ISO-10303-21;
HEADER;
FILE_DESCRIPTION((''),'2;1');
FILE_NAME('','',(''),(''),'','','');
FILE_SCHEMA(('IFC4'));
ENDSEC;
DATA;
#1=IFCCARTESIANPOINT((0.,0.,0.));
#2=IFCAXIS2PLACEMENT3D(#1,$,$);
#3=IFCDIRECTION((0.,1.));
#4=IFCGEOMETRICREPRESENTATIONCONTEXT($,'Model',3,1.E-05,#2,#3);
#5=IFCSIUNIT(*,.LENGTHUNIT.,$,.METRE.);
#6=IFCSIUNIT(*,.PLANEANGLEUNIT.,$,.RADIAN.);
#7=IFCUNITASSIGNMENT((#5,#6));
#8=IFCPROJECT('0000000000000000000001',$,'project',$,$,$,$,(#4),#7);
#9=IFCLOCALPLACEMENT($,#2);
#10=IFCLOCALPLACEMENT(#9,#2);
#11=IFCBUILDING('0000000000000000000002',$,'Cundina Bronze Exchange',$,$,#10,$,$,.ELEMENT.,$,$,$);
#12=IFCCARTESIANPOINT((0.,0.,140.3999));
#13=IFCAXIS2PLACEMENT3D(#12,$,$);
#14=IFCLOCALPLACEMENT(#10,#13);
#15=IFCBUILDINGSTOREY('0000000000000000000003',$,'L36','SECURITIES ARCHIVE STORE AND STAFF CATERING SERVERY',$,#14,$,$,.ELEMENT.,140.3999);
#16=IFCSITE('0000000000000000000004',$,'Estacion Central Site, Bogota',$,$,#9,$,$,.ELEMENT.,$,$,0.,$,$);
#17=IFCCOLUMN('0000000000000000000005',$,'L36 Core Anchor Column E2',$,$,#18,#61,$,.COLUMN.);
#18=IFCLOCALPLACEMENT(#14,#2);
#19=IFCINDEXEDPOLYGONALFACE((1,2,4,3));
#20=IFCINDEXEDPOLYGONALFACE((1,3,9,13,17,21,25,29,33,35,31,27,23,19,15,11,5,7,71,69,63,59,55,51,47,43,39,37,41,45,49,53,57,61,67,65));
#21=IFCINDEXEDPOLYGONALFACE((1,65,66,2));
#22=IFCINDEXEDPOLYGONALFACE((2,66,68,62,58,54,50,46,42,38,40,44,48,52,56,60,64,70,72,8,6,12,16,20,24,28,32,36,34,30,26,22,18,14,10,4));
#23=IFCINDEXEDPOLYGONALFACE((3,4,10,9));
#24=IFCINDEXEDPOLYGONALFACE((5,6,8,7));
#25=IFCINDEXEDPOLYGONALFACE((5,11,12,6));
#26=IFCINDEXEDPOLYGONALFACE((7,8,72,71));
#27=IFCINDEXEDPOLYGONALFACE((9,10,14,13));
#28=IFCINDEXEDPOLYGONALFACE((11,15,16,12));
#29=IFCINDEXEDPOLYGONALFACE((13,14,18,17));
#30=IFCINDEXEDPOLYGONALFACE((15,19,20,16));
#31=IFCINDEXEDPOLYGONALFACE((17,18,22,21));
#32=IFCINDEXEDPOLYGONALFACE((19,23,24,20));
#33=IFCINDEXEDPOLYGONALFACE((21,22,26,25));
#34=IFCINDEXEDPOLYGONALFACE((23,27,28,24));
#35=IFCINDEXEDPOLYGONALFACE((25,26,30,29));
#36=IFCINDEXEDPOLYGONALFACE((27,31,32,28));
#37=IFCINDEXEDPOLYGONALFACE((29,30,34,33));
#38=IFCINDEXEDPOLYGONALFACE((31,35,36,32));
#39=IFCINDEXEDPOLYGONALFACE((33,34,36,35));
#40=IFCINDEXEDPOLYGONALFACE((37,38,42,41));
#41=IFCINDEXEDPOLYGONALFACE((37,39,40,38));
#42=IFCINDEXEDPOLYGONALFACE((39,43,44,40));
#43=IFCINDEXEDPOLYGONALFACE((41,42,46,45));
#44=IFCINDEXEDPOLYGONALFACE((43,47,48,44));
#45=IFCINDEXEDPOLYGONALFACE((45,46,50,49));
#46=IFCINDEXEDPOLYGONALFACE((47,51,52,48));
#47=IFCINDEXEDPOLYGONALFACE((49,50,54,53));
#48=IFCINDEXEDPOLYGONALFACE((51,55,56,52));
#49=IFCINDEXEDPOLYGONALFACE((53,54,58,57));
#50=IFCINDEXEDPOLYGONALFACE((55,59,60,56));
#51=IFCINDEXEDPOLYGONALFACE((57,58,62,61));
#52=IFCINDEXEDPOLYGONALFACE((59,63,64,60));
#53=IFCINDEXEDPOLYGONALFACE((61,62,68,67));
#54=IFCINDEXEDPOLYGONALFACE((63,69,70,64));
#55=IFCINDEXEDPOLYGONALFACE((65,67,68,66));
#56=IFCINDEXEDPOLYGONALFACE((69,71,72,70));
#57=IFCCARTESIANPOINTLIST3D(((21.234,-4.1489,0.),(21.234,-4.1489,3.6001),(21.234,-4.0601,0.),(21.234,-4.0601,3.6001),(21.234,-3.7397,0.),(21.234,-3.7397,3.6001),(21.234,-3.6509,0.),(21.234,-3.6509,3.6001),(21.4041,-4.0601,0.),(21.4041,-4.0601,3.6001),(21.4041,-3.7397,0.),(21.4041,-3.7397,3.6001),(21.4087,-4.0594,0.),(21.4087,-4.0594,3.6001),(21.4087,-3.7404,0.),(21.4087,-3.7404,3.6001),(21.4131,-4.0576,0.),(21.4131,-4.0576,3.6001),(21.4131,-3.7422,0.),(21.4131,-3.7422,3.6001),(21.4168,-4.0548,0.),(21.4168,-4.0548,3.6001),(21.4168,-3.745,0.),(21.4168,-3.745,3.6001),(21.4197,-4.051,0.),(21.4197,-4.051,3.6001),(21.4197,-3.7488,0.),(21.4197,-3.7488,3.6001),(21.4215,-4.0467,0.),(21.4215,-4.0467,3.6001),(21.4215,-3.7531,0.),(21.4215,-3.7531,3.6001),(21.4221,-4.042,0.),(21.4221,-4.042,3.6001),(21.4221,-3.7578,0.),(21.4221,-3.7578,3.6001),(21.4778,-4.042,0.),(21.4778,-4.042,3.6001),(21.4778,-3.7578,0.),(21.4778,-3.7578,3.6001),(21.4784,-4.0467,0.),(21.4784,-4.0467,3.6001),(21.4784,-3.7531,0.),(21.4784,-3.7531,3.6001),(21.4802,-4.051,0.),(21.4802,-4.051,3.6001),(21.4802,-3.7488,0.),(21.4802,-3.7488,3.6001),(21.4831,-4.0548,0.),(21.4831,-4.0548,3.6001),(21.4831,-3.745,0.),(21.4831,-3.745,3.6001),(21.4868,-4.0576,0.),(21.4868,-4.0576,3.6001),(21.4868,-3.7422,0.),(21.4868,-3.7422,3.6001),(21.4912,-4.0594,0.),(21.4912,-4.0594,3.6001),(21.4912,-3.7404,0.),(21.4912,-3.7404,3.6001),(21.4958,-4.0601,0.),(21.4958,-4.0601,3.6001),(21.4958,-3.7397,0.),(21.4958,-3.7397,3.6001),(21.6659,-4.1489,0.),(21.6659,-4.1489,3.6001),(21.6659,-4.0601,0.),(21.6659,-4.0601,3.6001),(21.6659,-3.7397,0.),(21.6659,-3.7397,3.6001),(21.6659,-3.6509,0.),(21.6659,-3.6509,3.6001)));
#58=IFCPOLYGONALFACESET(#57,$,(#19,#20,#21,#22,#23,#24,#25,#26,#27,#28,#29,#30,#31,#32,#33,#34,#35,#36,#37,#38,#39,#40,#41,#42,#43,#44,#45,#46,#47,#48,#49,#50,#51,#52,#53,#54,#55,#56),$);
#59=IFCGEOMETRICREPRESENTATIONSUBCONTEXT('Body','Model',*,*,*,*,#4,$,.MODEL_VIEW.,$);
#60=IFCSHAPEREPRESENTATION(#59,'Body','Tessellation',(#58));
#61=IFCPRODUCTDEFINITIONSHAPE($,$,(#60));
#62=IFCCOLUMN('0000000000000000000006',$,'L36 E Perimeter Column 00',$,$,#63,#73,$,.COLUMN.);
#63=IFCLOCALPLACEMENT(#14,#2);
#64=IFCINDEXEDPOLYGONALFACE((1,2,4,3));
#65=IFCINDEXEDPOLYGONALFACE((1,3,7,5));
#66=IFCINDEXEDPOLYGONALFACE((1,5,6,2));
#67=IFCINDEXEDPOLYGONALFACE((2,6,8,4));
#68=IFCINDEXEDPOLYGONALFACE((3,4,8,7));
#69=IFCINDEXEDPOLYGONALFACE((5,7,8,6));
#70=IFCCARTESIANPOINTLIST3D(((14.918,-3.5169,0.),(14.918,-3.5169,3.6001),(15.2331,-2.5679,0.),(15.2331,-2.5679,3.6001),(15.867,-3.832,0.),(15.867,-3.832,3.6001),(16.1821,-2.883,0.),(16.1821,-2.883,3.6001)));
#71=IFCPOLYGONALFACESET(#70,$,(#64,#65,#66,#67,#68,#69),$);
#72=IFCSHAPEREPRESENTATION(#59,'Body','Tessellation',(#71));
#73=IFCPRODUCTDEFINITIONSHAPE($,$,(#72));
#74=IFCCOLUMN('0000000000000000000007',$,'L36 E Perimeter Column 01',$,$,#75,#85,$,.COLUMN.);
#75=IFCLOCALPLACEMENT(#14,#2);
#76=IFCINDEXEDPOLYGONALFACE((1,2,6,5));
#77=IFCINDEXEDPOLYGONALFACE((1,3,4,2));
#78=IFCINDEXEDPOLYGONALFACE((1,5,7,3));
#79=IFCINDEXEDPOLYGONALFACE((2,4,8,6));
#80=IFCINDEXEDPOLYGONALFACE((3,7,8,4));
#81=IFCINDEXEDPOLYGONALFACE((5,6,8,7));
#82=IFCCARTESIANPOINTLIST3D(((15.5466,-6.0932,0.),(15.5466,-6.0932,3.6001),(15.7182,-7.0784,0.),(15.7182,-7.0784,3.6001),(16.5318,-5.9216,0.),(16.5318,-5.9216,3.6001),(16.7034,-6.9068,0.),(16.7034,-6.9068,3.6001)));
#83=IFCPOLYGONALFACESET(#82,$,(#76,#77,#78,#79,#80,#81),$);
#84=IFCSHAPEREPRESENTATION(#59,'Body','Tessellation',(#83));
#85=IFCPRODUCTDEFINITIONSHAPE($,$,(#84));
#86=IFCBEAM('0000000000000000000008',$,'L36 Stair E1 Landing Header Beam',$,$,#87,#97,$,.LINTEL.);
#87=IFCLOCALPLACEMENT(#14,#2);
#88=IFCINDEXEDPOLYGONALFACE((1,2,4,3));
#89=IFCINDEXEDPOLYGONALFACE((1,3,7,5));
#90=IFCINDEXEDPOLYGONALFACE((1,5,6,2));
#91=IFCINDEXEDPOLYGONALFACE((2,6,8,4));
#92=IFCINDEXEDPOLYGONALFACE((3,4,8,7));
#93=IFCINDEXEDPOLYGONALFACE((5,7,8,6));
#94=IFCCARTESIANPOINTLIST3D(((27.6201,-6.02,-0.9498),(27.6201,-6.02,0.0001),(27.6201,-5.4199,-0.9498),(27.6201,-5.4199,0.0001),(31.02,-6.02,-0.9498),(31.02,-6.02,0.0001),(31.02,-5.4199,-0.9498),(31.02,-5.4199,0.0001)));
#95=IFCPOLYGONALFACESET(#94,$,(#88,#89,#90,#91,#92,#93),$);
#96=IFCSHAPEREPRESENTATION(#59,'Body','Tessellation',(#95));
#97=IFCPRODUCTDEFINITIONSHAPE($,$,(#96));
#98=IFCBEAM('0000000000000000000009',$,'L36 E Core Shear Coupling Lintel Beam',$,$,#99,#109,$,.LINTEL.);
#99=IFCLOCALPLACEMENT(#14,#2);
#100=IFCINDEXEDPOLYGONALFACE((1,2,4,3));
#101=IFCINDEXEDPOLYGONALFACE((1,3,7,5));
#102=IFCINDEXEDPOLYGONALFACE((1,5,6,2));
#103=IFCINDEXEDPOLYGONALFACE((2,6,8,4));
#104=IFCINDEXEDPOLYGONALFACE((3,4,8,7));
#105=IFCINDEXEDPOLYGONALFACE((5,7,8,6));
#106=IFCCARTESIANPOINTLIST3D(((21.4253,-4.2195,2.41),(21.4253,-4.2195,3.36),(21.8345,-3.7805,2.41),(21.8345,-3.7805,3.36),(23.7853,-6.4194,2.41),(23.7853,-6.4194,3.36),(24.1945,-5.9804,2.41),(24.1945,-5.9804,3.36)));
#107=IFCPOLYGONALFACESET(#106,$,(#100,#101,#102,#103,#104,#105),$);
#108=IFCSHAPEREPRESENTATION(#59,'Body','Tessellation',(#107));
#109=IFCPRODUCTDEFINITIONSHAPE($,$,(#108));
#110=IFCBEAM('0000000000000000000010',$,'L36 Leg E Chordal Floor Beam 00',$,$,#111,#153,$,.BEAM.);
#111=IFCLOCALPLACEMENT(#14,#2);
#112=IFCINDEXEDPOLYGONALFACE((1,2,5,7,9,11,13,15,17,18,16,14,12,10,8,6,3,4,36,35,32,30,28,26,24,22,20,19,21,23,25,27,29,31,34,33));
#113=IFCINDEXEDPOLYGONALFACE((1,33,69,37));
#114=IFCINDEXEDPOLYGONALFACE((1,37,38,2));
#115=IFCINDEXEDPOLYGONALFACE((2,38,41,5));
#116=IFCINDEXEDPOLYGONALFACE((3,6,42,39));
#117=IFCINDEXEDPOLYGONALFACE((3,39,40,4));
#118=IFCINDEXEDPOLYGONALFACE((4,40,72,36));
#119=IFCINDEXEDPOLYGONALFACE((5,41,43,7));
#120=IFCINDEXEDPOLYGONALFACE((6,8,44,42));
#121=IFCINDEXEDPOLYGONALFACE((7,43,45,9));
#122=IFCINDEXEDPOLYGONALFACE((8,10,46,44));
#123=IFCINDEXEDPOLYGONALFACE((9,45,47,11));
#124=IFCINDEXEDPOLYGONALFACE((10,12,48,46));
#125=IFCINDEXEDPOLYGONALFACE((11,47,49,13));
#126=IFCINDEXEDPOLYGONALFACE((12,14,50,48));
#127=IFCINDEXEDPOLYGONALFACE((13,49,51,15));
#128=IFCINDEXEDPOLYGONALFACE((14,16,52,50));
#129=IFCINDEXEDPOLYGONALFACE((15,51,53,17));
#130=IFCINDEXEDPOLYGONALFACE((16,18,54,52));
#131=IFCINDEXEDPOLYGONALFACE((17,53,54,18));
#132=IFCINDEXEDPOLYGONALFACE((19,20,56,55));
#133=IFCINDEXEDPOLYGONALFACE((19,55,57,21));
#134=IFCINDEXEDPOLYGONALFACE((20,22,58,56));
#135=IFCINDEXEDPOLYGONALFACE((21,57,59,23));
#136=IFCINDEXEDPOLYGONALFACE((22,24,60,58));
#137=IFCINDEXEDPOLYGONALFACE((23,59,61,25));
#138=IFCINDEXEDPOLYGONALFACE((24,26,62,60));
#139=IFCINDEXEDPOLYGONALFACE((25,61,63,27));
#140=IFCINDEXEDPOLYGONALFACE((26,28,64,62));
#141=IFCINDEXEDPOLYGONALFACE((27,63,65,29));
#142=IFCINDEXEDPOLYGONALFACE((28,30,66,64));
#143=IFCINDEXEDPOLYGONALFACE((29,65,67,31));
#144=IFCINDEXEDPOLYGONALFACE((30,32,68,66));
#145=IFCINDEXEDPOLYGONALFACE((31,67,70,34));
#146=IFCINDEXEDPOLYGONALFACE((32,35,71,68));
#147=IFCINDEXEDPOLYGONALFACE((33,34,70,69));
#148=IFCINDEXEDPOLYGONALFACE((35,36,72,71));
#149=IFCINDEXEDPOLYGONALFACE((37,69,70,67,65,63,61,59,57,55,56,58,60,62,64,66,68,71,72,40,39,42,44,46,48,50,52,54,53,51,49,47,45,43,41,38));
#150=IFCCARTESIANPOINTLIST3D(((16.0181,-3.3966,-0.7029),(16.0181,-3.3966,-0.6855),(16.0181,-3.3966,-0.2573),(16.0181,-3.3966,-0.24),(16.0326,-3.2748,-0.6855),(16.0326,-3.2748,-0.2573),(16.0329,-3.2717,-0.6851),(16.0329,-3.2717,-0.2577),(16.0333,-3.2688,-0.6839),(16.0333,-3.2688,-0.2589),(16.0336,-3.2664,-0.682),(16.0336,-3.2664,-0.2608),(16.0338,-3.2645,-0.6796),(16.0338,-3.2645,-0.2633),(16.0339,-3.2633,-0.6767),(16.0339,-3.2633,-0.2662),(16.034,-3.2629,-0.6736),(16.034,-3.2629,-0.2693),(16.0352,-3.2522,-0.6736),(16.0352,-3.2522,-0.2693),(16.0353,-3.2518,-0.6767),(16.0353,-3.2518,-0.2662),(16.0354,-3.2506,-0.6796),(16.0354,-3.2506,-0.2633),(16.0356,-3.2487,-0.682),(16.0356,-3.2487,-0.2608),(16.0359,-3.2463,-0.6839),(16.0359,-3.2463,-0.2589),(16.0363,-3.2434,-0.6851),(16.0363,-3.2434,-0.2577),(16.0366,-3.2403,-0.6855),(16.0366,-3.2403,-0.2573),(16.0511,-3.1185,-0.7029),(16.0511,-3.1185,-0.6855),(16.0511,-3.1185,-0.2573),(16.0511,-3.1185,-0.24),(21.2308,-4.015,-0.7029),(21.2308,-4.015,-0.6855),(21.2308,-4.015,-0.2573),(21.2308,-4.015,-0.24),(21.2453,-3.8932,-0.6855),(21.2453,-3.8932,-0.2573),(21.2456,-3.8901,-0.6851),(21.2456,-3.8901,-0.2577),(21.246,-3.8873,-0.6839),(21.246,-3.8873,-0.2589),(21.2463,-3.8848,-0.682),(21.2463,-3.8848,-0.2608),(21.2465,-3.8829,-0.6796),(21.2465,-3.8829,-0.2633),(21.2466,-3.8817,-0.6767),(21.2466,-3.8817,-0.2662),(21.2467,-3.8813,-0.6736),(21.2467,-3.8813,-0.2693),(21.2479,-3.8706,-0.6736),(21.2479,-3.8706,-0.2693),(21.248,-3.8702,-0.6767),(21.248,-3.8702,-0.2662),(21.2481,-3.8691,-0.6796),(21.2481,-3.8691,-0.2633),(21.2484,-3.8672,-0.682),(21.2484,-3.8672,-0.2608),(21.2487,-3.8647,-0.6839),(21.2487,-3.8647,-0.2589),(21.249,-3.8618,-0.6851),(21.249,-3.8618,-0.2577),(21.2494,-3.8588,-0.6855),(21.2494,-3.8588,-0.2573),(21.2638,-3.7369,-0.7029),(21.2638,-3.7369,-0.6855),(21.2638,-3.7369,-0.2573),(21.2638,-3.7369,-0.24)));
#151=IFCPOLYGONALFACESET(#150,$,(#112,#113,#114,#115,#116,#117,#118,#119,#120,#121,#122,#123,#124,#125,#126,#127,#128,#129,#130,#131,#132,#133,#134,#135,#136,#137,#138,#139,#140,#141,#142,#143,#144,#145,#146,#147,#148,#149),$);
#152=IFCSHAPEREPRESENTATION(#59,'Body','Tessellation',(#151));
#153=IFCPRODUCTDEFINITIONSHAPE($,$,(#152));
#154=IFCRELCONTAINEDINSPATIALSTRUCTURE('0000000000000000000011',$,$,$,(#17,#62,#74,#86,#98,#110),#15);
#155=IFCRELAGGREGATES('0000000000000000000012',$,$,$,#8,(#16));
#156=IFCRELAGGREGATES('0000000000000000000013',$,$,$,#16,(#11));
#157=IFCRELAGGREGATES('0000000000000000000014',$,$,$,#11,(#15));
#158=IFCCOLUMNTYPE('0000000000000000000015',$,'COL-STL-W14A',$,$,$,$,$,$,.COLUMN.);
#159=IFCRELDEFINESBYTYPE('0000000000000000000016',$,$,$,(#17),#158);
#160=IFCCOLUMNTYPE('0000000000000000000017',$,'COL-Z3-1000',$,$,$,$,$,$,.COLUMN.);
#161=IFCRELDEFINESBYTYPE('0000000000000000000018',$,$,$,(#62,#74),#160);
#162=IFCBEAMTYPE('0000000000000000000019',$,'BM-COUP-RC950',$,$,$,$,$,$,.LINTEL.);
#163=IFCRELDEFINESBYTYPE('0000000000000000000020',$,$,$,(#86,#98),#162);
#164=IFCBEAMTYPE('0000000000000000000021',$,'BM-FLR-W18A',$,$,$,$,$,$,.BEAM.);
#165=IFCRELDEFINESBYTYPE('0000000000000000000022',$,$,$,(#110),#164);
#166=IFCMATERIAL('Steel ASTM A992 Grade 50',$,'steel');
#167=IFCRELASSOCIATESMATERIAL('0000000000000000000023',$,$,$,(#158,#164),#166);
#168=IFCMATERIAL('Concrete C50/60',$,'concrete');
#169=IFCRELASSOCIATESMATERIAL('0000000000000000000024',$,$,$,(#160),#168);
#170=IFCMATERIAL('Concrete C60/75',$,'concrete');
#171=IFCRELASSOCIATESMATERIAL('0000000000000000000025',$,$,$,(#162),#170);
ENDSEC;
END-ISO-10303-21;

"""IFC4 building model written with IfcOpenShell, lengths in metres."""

from ifc_helpers import new_model, si_unit, direction, frame, origin, origin_2d, place, context, subcontext, project, spatial, rectangle, i_section, extrude, material, material_profile, profile_set, type_object, element, save


model = new_model("IFC4")

# Units and contexts
model_context = context("Model", 3, precision=1e-05, world=origin(), true_north=direction((0.0, 1.0)))
body_context = subcontext(model_context, "Body", "Model", "MODEL_VIEW")
ifc_project = project(units=[si_unit("LENGTHUNIT", "METRE"), si_unit("PLANEANGLEUNIT", "RADIAN")], contexts=[model_context])

# Site, building, storey
site_placement = place(None, origin())
site = spatial("IfcSite", under=ifc_project, at=site_placement, Name="Estacion Central Site, Bogota", CompositionType="ELEMENT", RefElevation=0.0)
building_placement = place(site_placement, origin())
building = spatial("IfcBuilding", under=site, at=building_placement, Name="Cundina Bronze Exchange", CompositionType="ELEMENT")
storey_placement = place(building_placement, frame((0.0, 0.0, 140.3999)))
storey = spatial("IfcBuildingStorey", under=building, at=storey_placement, Name="L36", Description="SECURITIES ARCHIVE STORE AND STAFF CATERING SERVERY", CompositionType="ELEMENT", Elevation=140.3999)

# Columns
ifc_material_1 = material(Name="Steel ASTM A992 Grade 50", Category="steel")
ifc_material_profile_1 = material_profile(ifc_material_1, i_section(OverallWidth=0.4319, OverallDepth=0.498, WebThickness=0.0557, FlangeThickness=0.0889, FilletRadius=0.0181, at=origin_2d()), Name="W14X500", Category="steel")
ifc_profile_set_1 = profile_set([ifc_material_profile_1], Name="Steel ASTM A992 Grade 50")
column_type_1 = type_object("IfcColumnType", Name="COL-STL-W14A", PredefinedType="COLUMN", material=ifc_profile_set_1)
column_placement = place(storey_placement, frame((21.45, -3.8999, 0.0), z_axis=(0.0, 0.0, 1.0), x_axis=(1.0, 0.0, 0.0)))
element("IfcColumn", 1, at=column_placement, inside=storey, type_object=column_type_1, Name="L36 Core Anchor Column E2", PredefinedType="COLUMN", context=body_context, shape_type="SweptSolid", body=[
    extrude(i_section(OverallWidth=0.4319, OverallDepth=0.498, WebThickness=0.0557, FlangeThickness=0.0889, FilletRadius=0.0181, at=origin_2d()), origin(), (0.0, 0.0, 1.0), 3.6001),
])
ifc_material_2 = material(Name="Concrete C50/60", Category="concrete")
ifc_material_profile_2 = material_profile(ifc_material_2, rectangle(XDim=1.0, YDim=1.0, at=origin_2d()), Name="RC1000X1000", Category="concrete")
ifc_profile_set_2 = profile_set([ifc_material_profile_2], Name="Concrete C50/60")
column_type_2 = type_object("IfcColumnType", Name="COL-Z3-1000", PredefinedType="COLUMN", material=ifc_profile_set_2)
for number, where, z_axis, x_axis, name in (
    (2, (15.55, -3.2, 0.0), (0.0, 0.0, 1.0), (-0.315152, -0.949041, 0.0), "L36 E Perimeter Column 00"),
    (3, (16.125, -6.5, 0.0), (0.0, 0.0, 1.0), (0.171585, -0.985169, 0.0), "L36 E Perimeter Column 01"),
):
    element("IfcColumn", number, at=place(storey_placement, frame(where, z_axis=z_axis, x_axis=x_axis)), inside=storey, type_object=column_type_2, Name=name, PredefinedType="COLUMN", context=body_context, shape_type="SweptSolid", body=[
        extrude(rectangle(XDim=1.0, YDim=1.0, at=origin_2d()), origin(), (0.0, 0.0, 1.0), 3.6001),
    ])

# Beams
ifc_material_3 = material(Name="Concrete C60/75", Category="concrete")
ifc_material_profile_3 = material_profile(ifc_material_3, rectangle(XDim=0.6001, YDim=0.95, at=origin_2d()), Name="RC600X950", Category="concrete")
ifc_profile_set_3 = profile_set([ifc_material_profile_3], Name="Concrete C60/75")
beam_type_1 = type_object("IfcBeamType", Name="BM-COUP-RC950", PredefinedType="LINTEL", material=ifc_profile_set_3)
beam_1_placement = place(storey_placement, frame((27.6201, -5.72, -0.4749), z_axis=(1.0, 0.0, 0.0), x_axis=(0.0, 1.0, 0.0)))
element("IfcBeam", 4, at=beam_1_placement, inside=storey, type_object=beam_type_1, Name="L36 Stair E1 Landing Header Beam", PredefinedType="LINTEL", context=body_context, shape_type="SweptSolid", body=[
    extrude(rectangle(XDim=0.6001, YDim=0.95, at=origin_2d()), origin(), (0.0, 0.0, 1.0), 3.3999),
])
beam_2_placement = place(storey_placement, frame((21.6299, -4.0, 2.885), z_axis=(0.73149, -0.681852, 0.0), x_axis=(0.681852, 0.73149, 0.0)))
element("IfcBeam", 5, at=beam_2_placement, inside=storey, type_object=beam_type_1, Name="L36 E Core Shear Coupling Lintel Beam", PredefinedType="LINTEL", context=body_context, shape_type="SweptSolid", body=[
    extrude(rectangle(XDim=0.6001, YDim=0.95, at=origin_2d()), origin(), (0.0, 0.0, 1.0), 3.2263),
])
ifc_material_profile_4 = material_profile(ifc_material_1, i_section(OverallWidth=0.28, OverallDepth=0.4629, WebThickness=0.0107, FlangeThickness=0.0173, FilletRadius=0.012, at=origin_2d()), Name="W18X76", Category="steel")
ifc_profile_set_4 = profile_set([ifc_material_profile_4], Name="Steel ASTM A992 Grade 50")
beam_type_2 = type_object("IfcBeamType", Name="BM-FLR-W18A", PredefinedType="BEAM", material=ifc_profile_set_4)
beam_3_placement = place(storey_placement, frame((21.2473, -3.876, -0.4714), z_axis=(-0.993036, 0.11781, 0.0), x_axis=(-0.11781, -0.993036, 0.0)))
element("IfcBeam", 6, at=beam_3_placement, inside=storey, type_object=beam_type_2, Name="L36 Leg E Chordal Floor Beam 00", PredefinedType="BEAM", context=body_context, shape_type="SweptSolid", body=[
    extrude(i_section(OverallWidth=0.28, OverallDepth=0.4629, WebThickness=0.0107, FlangeThickness=0.0173, FilletRadius=0.012, at=origin_2d()), origin(), (0.0, 0.0, 1.0), 5.2493),
])

save(model, "model.ifc")
